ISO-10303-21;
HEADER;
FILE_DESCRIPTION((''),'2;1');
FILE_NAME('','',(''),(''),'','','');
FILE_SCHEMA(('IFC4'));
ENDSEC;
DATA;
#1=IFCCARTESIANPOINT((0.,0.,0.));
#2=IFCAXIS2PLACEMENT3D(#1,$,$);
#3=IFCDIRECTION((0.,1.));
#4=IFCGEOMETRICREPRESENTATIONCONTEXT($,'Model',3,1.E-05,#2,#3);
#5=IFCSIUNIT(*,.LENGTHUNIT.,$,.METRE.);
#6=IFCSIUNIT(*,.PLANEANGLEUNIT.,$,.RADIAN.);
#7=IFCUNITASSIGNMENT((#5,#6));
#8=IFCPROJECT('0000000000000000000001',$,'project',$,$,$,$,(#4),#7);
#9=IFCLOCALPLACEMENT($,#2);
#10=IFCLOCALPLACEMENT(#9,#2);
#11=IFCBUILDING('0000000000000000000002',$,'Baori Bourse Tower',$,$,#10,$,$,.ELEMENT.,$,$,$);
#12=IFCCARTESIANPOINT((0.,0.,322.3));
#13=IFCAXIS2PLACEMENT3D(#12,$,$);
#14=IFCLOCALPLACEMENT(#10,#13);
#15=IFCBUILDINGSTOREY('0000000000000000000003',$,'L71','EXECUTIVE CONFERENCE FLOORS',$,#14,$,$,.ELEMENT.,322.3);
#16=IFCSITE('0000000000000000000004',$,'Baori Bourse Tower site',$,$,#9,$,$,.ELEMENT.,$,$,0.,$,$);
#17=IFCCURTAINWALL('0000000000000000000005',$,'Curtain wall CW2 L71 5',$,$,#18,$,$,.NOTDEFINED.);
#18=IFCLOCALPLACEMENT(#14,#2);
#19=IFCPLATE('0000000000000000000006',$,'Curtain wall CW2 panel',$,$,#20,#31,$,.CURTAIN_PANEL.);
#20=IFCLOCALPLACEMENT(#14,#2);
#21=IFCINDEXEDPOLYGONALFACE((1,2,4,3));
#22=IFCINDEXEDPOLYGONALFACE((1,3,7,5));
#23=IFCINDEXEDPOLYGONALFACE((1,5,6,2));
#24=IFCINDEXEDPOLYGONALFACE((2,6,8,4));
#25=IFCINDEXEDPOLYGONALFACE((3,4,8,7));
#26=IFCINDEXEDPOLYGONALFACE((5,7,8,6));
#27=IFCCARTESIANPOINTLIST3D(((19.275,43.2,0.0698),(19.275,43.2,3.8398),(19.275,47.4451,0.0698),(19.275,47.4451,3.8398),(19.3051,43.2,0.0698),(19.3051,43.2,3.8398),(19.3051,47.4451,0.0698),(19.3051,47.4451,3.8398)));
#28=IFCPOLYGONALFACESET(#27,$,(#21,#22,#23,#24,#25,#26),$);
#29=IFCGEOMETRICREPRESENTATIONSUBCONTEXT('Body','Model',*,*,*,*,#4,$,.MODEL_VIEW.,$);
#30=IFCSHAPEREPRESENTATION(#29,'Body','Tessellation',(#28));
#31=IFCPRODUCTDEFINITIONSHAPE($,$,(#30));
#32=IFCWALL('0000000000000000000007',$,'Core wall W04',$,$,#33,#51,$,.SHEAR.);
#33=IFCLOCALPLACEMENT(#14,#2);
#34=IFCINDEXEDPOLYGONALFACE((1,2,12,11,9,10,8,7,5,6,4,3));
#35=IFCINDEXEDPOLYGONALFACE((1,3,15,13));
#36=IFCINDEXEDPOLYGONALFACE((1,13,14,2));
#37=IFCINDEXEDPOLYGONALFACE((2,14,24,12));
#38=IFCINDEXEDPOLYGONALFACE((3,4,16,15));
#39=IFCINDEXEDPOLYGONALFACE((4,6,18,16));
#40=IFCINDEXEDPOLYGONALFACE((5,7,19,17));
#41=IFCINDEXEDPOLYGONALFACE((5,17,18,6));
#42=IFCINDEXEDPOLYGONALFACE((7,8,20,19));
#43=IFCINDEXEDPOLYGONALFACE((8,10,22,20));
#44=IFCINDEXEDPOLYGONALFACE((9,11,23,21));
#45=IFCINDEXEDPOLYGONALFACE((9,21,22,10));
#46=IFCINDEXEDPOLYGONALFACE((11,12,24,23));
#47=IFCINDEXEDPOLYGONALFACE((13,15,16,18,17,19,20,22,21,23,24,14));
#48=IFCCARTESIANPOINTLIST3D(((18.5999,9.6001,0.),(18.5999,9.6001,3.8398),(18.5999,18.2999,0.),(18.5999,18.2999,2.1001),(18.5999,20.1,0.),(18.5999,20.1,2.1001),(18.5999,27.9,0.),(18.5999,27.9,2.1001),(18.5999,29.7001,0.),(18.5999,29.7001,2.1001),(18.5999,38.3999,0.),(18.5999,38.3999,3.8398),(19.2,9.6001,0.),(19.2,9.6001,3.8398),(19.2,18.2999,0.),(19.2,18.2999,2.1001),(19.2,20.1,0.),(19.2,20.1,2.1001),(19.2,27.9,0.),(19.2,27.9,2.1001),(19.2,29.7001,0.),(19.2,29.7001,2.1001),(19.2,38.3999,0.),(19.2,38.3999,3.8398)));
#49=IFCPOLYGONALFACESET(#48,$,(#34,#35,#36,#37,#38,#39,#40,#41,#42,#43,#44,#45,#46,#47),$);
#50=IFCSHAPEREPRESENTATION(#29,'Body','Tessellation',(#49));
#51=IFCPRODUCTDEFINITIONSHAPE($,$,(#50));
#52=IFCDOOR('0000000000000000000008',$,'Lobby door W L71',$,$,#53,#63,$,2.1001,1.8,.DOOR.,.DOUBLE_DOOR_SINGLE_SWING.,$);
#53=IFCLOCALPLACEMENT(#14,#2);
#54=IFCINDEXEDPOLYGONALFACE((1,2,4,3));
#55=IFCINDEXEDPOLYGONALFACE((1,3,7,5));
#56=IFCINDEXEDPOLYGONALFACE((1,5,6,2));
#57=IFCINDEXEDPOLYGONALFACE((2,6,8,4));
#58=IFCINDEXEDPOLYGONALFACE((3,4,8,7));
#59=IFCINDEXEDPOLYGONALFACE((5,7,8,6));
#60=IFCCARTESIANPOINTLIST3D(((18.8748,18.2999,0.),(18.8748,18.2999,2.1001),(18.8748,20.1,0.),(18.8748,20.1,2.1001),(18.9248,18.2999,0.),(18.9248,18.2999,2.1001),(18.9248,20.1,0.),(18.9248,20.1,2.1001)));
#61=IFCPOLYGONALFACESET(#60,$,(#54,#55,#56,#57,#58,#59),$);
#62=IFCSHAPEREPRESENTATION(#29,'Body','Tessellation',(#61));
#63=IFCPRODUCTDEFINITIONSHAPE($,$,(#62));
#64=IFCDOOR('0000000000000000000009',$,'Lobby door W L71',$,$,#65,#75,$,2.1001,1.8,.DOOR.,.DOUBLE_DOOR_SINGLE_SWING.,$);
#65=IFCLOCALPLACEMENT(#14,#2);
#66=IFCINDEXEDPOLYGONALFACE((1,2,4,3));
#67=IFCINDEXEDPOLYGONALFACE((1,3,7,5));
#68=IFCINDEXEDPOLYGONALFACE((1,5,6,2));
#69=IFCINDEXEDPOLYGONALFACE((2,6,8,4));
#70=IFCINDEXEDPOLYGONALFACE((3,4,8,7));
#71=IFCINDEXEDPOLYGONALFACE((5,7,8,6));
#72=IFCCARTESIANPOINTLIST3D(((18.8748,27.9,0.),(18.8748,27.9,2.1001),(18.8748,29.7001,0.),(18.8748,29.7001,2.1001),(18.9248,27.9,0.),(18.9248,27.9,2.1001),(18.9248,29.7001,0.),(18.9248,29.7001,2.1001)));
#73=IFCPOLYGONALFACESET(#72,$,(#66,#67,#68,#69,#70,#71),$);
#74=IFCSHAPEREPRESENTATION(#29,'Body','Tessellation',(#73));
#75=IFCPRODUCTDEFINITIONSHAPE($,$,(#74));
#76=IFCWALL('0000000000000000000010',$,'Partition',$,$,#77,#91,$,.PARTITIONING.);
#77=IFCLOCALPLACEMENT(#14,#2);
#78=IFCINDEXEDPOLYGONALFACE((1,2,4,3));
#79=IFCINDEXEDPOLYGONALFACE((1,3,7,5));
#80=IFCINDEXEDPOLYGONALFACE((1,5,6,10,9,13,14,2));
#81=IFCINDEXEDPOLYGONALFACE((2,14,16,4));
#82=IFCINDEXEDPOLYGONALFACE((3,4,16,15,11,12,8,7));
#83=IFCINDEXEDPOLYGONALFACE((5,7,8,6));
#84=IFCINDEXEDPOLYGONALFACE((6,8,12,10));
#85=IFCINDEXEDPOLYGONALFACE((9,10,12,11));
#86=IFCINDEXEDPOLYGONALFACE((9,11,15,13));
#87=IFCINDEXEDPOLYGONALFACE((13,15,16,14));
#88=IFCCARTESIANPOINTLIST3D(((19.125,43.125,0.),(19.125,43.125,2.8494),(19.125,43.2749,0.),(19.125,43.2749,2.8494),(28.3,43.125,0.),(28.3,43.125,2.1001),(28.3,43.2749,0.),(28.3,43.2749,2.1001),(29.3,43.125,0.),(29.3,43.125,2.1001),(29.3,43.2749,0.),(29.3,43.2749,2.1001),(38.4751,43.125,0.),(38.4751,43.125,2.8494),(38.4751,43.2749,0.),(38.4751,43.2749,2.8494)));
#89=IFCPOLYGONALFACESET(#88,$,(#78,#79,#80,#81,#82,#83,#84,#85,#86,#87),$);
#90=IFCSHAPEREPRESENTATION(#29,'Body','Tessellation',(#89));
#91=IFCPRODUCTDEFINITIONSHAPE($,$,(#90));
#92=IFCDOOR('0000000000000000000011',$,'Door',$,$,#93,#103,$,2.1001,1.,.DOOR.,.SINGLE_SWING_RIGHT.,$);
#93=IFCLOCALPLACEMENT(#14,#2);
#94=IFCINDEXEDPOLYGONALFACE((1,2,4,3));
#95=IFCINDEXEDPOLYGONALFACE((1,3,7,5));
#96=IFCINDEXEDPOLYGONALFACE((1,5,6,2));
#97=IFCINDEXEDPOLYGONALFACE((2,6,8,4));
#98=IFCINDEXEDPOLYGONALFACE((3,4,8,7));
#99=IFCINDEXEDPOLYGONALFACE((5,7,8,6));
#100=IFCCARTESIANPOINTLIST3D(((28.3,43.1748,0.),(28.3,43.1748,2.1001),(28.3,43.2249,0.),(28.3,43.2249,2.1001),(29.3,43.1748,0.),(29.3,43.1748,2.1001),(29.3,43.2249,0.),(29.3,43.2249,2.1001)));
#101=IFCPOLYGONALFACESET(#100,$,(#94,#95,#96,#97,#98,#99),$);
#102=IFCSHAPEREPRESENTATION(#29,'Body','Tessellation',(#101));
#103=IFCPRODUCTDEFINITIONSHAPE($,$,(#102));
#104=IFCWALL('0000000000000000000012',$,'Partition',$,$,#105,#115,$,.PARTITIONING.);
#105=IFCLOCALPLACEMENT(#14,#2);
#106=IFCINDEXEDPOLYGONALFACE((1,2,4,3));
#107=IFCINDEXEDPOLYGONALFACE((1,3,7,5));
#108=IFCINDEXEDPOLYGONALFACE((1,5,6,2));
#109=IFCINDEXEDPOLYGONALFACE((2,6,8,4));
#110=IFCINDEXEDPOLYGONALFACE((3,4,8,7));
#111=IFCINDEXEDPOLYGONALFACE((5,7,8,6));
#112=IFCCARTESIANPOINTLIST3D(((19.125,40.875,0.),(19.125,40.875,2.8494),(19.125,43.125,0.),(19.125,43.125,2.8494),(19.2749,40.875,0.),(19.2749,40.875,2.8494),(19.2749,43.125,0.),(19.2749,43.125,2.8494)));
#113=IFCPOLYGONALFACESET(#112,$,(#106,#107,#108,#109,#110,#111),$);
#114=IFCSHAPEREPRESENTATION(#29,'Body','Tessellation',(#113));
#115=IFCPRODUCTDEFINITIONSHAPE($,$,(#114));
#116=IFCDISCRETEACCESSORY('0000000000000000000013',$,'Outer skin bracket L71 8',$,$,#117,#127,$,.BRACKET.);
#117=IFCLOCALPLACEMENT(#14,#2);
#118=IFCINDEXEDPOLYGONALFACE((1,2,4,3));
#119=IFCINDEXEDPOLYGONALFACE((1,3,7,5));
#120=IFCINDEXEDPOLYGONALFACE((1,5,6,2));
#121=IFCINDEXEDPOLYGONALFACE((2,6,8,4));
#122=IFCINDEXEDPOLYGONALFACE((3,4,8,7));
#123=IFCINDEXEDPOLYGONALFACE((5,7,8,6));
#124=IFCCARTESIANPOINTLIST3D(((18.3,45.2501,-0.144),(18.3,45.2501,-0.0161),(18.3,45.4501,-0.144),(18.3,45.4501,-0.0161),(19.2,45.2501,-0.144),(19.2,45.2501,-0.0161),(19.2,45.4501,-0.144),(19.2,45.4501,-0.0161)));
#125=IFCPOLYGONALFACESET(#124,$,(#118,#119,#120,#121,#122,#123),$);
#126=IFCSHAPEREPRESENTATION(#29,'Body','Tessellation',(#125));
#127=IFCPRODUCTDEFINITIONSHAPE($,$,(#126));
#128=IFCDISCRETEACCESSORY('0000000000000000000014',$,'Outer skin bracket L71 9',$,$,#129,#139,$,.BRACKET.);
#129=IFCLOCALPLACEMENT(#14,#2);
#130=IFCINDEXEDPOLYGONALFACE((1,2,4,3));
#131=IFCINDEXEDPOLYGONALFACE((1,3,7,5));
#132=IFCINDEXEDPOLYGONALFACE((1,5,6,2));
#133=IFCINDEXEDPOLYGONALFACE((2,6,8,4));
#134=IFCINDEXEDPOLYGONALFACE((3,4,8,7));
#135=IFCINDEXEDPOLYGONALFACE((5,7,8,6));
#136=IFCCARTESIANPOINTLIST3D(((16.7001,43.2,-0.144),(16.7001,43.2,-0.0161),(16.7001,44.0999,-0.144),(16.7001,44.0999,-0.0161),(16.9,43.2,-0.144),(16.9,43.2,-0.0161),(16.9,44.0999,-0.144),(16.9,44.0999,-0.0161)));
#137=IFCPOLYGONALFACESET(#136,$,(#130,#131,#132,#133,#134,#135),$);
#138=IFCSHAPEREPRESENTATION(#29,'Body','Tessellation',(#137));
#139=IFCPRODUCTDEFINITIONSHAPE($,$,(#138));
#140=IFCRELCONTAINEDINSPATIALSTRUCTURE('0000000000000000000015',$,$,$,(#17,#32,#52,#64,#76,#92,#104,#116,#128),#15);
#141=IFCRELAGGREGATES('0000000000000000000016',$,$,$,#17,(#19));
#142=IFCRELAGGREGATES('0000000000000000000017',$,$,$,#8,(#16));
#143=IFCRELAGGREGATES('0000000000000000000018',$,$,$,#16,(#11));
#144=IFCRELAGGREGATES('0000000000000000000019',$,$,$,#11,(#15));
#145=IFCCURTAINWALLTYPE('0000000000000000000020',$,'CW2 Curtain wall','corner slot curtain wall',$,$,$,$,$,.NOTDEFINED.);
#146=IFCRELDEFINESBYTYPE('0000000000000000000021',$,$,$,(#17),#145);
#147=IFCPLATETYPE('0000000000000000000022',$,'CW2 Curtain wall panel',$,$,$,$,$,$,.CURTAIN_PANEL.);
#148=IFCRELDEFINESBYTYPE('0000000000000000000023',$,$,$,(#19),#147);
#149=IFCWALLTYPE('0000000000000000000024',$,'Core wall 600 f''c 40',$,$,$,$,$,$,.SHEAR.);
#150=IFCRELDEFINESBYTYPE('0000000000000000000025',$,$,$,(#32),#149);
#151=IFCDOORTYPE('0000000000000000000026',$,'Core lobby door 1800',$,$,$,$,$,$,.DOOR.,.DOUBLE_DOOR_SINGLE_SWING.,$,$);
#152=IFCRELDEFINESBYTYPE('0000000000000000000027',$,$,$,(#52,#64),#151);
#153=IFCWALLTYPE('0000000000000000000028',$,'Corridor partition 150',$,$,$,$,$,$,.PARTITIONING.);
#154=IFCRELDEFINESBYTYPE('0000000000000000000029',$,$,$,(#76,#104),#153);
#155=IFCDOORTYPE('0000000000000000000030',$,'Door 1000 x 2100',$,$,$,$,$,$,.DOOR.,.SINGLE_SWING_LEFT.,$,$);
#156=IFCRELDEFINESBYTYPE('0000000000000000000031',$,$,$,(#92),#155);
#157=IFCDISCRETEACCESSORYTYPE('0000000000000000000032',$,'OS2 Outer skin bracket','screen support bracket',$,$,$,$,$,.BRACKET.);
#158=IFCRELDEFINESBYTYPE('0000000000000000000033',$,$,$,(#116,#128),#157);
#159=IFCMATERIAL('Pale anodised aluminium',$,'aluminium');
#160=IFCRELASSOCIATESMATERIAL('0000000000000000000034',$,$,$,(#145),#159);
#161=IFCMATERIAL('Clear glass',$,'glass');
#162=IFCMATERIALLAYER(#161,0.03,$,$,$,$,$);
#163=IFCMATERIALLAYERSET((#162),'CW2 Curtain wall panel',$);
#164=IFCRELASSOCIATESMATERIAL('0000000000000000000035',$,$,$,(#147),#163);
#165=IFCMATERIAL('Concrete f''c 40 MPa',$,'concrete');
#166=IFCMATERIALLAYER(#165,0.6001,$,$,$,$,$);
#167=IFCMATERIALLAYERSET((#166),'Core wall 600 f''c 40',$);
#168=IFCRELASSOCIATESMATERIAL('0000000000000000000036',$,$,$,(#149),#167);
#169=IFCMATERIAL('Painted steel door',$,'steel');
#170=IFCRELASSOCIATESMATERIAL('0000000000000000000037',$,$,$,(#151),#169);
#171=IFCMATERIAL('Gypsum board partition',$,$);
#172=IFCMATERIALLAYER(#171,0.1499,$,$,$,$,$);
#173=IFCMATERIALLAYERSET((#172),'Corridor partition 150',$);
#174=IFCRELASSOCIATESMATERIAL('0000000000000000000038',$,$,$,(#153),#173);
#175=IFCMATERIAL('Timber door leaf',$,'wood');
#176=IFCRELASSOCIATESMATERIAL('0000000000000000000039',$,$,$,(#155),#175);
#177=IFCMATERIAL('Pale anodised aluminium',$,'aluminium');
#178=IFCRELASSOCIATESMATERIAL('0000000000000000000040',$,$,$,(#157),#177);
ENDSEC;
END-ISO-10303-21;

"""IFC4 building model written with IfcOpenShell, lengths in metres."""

from ifc_helpers import new_model, si_unit, direction, frame, frame_2d, origin, origin_2d, place, context, subcontext, project, spatial, rectangle, extrude, material, layer, layer_set, type_object, element, fill, aggregate, save


model = new_model("IFC4")

# Units and contexts
model_context = context("Model", 3, precision=1e-05, world=origin(), true_north=direction((0.0, 1.0)))
body_context = subcontext(model_context, "Body", "Model", "MODEL_VIEW")
ifc_project = project(units=[si_unit("LENGTHUNIT", "METRE"), si_unit("PLANEANGLEUNIT", "RADIAN")], contexts=[model_context])

# Site, building, storey
site_placement = place(None, origin())
site = spatial("IfcSite", under=ifc_project, at=site_placement, Name="Baori Bourse Tower site", CompositionType="ELEMENT", RefElevation=0.0)
building_placement = place(site_placement, origin())
building = spatial("IfcBuilding", under=site, at=building_placement, Name="Baori Bourse Tower", CompositionType="ELEMENT")
storey_placement = place(building_placement, frame((0.0, 0.0, 322.3)))
storey = spatial("IfcBuildingStorey", under=building, at=storey_placement, Name="L71", Description="EXECUTIVE CONFERENCE FLOORS", CompositionType="ELEMENT", Elevation=322.3)

# Curtain wall
ifc_material_1 = material(Name="Pale anodised aluminium", Category="aluminium")
curtain_wall_type = type_object("IfcCurtainWallType", Name="CW2 Curtain wall", Description="corner slot curtain wall", PredefinedType="NOTDEFINED", material=ifc_material_1)
curtain_wall_1_placement = place(storey_placement, origin())
curtain_wall_1 = element("IfcCurtainWall", 1, at=curtain_wall_1_placement, inside=storey, type_object=curtain_wall_type, Name="Curtain wall CW2 L71 5", PredefinedType="NOTDEFINED")

# Plate
ifc_material_2 = material(Name="Clear glass", Category="glass")
ifc_layer_1 = layer(ifc_material_2, 0.03)
ifc_layer_set_1 = layer_set([ifc_layer_1], Name="CW2 Curtain wall panel")
plate_type = type_object("IfcPlateType", Name="CW2 Curtain wall panel", PredefinedType="CURTAIN_PANEL", material=ifc_layer_set_1)
plate_placement = place(storey_placement, frame((19.29, 45.3225, 0.0698), z_axis=(0.0, 0.0, 1.0), x_axis=(0.0, -1.0, 0.0)))
plate = element("IfcPlate", 2, at=plate_placement, type_object=plate_type, Name="Curtain wall CW2 panel", PredefinedType="CURTAIN_PANEL", context=body_context, shape_type="SweptSolid", body=[
    extrude(rectangle(XDim=4.2451, YDim=0.03, at=origin_2d()), origin(), (0.0, 0.0, 1.0), 3.77),
])
aggregate(curtain_wall_1, [plate])

# Wall, openings, doors
ifc_material_3 = material(Name="Concrete f'c 40 MPa", Category="concrete")
ifc_layer_2 = layer(ifc_material_3, 0.6001)
ifc_layer_set_2 = layer_set([ifc_layer_2], Name="Core wall 600 f'c 40")
wall_type_1 = type_object("IfcWallType", Name="Core wall 600 f'c 40", PredefinedType="SHEAR", material=ifc_layer_set_2)
wall_1_placement = place(storey_placement, frame((18.8999, 38.3999, 0.0), z_axis=(0.0, 0.0, 1.0), x_axis=(0.0, -1.0, 0.0)))
wall_1 = element("IfcWall", 3, at=wall_1_placement, inside=storey, type_object=wall_type_1, Name="Core wall W04", PredefinedType="SHEAR", context=body_context, shape_type="SweptSolid", body=[
    extrude(rectangle(XDim=28.7998, YDim=0.6001, at=frame_2d((14.3999, 0.0))), origin(), (0.0, 0.0, 1.0), 3.8398),
])
opening_1_placement = place(wall_1_placement, frame((18.3, 0.0, 0.0)))
opening_1 = element("IfcOpeningElement", 4, at=opening_1_placement, cuts=wall_1, PredefinedType="OPENING", context=body_context, shape_type="SweptSolid", body=[
    extrude(rectangle(XDim=1.8, YDim=2.1001, at=frame_2d((0.8999, 1.05))), frame((0.0, 0.3101, 0.0), z_axis=(0.0, -1.0, 0.0), x_axis=(1.0, 0.0, 0.0)), (0.0, 0.0, 1.0), 0.6201),
])
opening_2_placement = place(wall_1_placement, frame((8.7, 0.0, 0.0)))
opening_2 = element("IfcOpeningElement", 5, at=opening_2_placement, cuts=wall_1, PredefinedType="OPENING", context=body_context, shape_type="SweptSolid", body=[
    extrude(rectangle(XDim=1.8, YDim=2.1001, at=frame_2d((0.8999, 1.05))), frame((0.0, 0.3101, 0.0), z_axis=(0.0, -1.0, 0.0), x_axis=(1.0, 0.0, 0.0)), (0.0, 0.0, 1.0), 0.6201),
])
ifc_material_4 = material(Name="Painted steel door", Category="steel")
door_type_1 = type_object("IfcDoorType", Name="Core lobby door 1800", OperationType="DOUBLE_DOOR_SINGLE_SWING", PredefinedType="DOOR", material=ifc_material_4)
door_1_placement = place(opening_1_placement, origin())
door_1 = element("IfcDoor", 6, at=door_1_placement, inside=storey, type_object=door_type_1, Name="Lobby door W L71", OperationType="DOUBLE_DOOR_SINGLE_SWING", OverallHeight=2.1001, OverallWidth=1.8, PredefinedType="DOOR", context=body_context, shape_type="SweptSolid", body=[
    extrude(rectangle(XDim=1.8, YDim=2.1001, at=frame_2d((0.8999, 1.05))), frame((0.0, 0.0249, 0.0), z_axis=(0.0, -1.0, 0.0), x_axis=(1.0, 0.0, 0.0)), (0.0, 0.0, 1.0), 0.05),
])
fill(opening_1, door_1)
door_2_placement = place(opening_2_placement, origin())
door_2 = element("IfcDoor", 7, at=door_2_placement, inside=storey, type_object=door_type_1, Name="Lobby door W L71", OperationType="DOUBLE_DOOR_SINGLE_SWING", OverallHeight=2.1001, OverallWidth=1.8, PredefinedType="DOOR", context=body_context, shape_type="SweptSolid", body=[
    extrude(rectangle(XDim=1.8, YDim=2.1001, at=frame_2d((0.8999, 1.05))), frame((0.0, 0.0249, 0.0), z_axis=(0.0, -1.0, 0.0), x_axis=(1.0, 0.0, 0.0)), (0.0, 0.0, 1.0), 0.05),
])
fill(opening_2, door_2)

# Wall, opening, door
ifc_material_5 = material(Name="Gypsum board partition")
ifc_layer_3 = layer(ifc_material_5, 0.1499)
ifc_layer_set_3 = layer_set([ifc_layer_3], Name="Corridor partition 150")
wall_type_2 = type_object("IfcWallType", Name="Corridor partition 150", PredefinedType="PARTITIONING", material=ifc_layer_set_3)
wall_2_placement = place(storey_placement, frame((19.125, 43.2, 0.0), z_axis=(0.0, 0.0, 1.0), x_axis=(1.0, 0.0, 0.0)))
wall_2 = element("IfcWall", 8, at=wall_2_placement, inside=storey, type_object=wall_type_2, Name="Partition", PredefinedType="PARTITIONING", context=body_context, shape_type="SweptSolid", body=[
    extrude(rectangle(XDim=19.3501, YDim=0.1499, at=frame_2d((9.675, 0.0))), origin(), (0.0, 0.0, 1.0), 2.8494),
])
opening_3_placement = place(wall_2_placement, frame((9.175, 0.0, 0.0)))
opening_3 = element("IfcOpeningElement", 9, at=opening_3_placement, cuts=wall_2, PredefinedType="OPENING", context=body_context, shape_type="SweptSolid", body=[
    extrude(rectangle(XDim=1.0, YDim=2.1001, at=frame_2d((0.5, 1.05))), frame((0.0, 0.085, 0.0), z_axis=(0.0, -1.0, 0.0), x_axis=(1.0, 0.0, 0.0)), (0.0, 0.0, 1.0), 0.1699),
])
ifc_material_6 = material(Name="Timber door leaf", Category="wood")
door_type_2 = type_object("IfcDoorType", Name="Door 1000 x 2100", OperationType="SINGLE_SWING_LEFT", PredefinedType="DOOR", material=ifc_material_6)
door_3_placement = place(opening_3_placement, origin())
door_3 = element("IfcDoor", 10, at=door_3_placement, inside=storey, type_object=door_type_2, Name="Door", OperationType="SINGLE_SWING_RIGHT", OverallHeight=2.1001, OverallWidth=1.0, PredefinedType="DOOR", context=body_context, shape_type="SweptSolid", body=[
    extrude(rectangle(XDim=1.0, YDim=2.1001, at=frame_2d((0.5, 1.05))), frame((0.0, 0.0249, 0.0), z_axis=(0.0, -1.0, 0.0), x_axis=(1.0, 0.0, 0.0)), (0.0, 0.0, 1.0), 0.05),
])
fill(opening_3, door_3)

# Wall
wall_3_placement = place(storey_placement, frame((19.2, 40.875, 0.0), z_axis=(0.0, 0.0, 1.0), x_axis=(0.0, 1.0, 0.0)))
element("IfcWall", 11, at=wall_3_placement, inside=storey, type_object=wall_type_2, Name="Partition", PredefinedType="PARTITIONING", context=body_context, shape_type="SweptSolid", body=[
    extrude(rectangle(XDim=2.25, YDim=0.1499, at=frame_2d((1.125, 0.0))), origin(), (0.0, 0.0, 1.0), 2.8494),
])

# Discrete accessories
ifc_material_7 = material(Name="Pale anodised aluminium", Category="aluminium")
discrete_accessory_type = type_object("IfcDiscreteAccessoryType", Name="OS2 Outer skin bracket", Description="screen support bracket", PredefinedType="BRACKET", material=ifc_material_7)
for number, where, z_axis, x_axis, name in (
    (12, (18.75, 45.3501, -0.144), (0.0, 0.0, 1.0), (0.0, -1.0, 0.0), "Outer skin bracket L71 8"),
    (13, (16.8, 43.6499, -0.144), (0.0, 0.0, 1.0), (-1.0, 0.0, 0.0), "Outer skin bracket L71 9"),
):
    element("IfcDiscreteAccessory", number, at=place(storey_placement, frame(where, z_axis=z_axis, x_axis=x_axis)), inside=storey, type_object=discrete_accessory_type, Name=name, PredefinedType="BRACKET", context=body_context, shape_type="SweptSolid", body=[
        extrude(rectangle(XDim=0.2, YDim=0.8999, at=origin_2d()), origin(), (0.0, 0.0, 1.0), 0.1279),
    ])

save(model, "model.ifc")
